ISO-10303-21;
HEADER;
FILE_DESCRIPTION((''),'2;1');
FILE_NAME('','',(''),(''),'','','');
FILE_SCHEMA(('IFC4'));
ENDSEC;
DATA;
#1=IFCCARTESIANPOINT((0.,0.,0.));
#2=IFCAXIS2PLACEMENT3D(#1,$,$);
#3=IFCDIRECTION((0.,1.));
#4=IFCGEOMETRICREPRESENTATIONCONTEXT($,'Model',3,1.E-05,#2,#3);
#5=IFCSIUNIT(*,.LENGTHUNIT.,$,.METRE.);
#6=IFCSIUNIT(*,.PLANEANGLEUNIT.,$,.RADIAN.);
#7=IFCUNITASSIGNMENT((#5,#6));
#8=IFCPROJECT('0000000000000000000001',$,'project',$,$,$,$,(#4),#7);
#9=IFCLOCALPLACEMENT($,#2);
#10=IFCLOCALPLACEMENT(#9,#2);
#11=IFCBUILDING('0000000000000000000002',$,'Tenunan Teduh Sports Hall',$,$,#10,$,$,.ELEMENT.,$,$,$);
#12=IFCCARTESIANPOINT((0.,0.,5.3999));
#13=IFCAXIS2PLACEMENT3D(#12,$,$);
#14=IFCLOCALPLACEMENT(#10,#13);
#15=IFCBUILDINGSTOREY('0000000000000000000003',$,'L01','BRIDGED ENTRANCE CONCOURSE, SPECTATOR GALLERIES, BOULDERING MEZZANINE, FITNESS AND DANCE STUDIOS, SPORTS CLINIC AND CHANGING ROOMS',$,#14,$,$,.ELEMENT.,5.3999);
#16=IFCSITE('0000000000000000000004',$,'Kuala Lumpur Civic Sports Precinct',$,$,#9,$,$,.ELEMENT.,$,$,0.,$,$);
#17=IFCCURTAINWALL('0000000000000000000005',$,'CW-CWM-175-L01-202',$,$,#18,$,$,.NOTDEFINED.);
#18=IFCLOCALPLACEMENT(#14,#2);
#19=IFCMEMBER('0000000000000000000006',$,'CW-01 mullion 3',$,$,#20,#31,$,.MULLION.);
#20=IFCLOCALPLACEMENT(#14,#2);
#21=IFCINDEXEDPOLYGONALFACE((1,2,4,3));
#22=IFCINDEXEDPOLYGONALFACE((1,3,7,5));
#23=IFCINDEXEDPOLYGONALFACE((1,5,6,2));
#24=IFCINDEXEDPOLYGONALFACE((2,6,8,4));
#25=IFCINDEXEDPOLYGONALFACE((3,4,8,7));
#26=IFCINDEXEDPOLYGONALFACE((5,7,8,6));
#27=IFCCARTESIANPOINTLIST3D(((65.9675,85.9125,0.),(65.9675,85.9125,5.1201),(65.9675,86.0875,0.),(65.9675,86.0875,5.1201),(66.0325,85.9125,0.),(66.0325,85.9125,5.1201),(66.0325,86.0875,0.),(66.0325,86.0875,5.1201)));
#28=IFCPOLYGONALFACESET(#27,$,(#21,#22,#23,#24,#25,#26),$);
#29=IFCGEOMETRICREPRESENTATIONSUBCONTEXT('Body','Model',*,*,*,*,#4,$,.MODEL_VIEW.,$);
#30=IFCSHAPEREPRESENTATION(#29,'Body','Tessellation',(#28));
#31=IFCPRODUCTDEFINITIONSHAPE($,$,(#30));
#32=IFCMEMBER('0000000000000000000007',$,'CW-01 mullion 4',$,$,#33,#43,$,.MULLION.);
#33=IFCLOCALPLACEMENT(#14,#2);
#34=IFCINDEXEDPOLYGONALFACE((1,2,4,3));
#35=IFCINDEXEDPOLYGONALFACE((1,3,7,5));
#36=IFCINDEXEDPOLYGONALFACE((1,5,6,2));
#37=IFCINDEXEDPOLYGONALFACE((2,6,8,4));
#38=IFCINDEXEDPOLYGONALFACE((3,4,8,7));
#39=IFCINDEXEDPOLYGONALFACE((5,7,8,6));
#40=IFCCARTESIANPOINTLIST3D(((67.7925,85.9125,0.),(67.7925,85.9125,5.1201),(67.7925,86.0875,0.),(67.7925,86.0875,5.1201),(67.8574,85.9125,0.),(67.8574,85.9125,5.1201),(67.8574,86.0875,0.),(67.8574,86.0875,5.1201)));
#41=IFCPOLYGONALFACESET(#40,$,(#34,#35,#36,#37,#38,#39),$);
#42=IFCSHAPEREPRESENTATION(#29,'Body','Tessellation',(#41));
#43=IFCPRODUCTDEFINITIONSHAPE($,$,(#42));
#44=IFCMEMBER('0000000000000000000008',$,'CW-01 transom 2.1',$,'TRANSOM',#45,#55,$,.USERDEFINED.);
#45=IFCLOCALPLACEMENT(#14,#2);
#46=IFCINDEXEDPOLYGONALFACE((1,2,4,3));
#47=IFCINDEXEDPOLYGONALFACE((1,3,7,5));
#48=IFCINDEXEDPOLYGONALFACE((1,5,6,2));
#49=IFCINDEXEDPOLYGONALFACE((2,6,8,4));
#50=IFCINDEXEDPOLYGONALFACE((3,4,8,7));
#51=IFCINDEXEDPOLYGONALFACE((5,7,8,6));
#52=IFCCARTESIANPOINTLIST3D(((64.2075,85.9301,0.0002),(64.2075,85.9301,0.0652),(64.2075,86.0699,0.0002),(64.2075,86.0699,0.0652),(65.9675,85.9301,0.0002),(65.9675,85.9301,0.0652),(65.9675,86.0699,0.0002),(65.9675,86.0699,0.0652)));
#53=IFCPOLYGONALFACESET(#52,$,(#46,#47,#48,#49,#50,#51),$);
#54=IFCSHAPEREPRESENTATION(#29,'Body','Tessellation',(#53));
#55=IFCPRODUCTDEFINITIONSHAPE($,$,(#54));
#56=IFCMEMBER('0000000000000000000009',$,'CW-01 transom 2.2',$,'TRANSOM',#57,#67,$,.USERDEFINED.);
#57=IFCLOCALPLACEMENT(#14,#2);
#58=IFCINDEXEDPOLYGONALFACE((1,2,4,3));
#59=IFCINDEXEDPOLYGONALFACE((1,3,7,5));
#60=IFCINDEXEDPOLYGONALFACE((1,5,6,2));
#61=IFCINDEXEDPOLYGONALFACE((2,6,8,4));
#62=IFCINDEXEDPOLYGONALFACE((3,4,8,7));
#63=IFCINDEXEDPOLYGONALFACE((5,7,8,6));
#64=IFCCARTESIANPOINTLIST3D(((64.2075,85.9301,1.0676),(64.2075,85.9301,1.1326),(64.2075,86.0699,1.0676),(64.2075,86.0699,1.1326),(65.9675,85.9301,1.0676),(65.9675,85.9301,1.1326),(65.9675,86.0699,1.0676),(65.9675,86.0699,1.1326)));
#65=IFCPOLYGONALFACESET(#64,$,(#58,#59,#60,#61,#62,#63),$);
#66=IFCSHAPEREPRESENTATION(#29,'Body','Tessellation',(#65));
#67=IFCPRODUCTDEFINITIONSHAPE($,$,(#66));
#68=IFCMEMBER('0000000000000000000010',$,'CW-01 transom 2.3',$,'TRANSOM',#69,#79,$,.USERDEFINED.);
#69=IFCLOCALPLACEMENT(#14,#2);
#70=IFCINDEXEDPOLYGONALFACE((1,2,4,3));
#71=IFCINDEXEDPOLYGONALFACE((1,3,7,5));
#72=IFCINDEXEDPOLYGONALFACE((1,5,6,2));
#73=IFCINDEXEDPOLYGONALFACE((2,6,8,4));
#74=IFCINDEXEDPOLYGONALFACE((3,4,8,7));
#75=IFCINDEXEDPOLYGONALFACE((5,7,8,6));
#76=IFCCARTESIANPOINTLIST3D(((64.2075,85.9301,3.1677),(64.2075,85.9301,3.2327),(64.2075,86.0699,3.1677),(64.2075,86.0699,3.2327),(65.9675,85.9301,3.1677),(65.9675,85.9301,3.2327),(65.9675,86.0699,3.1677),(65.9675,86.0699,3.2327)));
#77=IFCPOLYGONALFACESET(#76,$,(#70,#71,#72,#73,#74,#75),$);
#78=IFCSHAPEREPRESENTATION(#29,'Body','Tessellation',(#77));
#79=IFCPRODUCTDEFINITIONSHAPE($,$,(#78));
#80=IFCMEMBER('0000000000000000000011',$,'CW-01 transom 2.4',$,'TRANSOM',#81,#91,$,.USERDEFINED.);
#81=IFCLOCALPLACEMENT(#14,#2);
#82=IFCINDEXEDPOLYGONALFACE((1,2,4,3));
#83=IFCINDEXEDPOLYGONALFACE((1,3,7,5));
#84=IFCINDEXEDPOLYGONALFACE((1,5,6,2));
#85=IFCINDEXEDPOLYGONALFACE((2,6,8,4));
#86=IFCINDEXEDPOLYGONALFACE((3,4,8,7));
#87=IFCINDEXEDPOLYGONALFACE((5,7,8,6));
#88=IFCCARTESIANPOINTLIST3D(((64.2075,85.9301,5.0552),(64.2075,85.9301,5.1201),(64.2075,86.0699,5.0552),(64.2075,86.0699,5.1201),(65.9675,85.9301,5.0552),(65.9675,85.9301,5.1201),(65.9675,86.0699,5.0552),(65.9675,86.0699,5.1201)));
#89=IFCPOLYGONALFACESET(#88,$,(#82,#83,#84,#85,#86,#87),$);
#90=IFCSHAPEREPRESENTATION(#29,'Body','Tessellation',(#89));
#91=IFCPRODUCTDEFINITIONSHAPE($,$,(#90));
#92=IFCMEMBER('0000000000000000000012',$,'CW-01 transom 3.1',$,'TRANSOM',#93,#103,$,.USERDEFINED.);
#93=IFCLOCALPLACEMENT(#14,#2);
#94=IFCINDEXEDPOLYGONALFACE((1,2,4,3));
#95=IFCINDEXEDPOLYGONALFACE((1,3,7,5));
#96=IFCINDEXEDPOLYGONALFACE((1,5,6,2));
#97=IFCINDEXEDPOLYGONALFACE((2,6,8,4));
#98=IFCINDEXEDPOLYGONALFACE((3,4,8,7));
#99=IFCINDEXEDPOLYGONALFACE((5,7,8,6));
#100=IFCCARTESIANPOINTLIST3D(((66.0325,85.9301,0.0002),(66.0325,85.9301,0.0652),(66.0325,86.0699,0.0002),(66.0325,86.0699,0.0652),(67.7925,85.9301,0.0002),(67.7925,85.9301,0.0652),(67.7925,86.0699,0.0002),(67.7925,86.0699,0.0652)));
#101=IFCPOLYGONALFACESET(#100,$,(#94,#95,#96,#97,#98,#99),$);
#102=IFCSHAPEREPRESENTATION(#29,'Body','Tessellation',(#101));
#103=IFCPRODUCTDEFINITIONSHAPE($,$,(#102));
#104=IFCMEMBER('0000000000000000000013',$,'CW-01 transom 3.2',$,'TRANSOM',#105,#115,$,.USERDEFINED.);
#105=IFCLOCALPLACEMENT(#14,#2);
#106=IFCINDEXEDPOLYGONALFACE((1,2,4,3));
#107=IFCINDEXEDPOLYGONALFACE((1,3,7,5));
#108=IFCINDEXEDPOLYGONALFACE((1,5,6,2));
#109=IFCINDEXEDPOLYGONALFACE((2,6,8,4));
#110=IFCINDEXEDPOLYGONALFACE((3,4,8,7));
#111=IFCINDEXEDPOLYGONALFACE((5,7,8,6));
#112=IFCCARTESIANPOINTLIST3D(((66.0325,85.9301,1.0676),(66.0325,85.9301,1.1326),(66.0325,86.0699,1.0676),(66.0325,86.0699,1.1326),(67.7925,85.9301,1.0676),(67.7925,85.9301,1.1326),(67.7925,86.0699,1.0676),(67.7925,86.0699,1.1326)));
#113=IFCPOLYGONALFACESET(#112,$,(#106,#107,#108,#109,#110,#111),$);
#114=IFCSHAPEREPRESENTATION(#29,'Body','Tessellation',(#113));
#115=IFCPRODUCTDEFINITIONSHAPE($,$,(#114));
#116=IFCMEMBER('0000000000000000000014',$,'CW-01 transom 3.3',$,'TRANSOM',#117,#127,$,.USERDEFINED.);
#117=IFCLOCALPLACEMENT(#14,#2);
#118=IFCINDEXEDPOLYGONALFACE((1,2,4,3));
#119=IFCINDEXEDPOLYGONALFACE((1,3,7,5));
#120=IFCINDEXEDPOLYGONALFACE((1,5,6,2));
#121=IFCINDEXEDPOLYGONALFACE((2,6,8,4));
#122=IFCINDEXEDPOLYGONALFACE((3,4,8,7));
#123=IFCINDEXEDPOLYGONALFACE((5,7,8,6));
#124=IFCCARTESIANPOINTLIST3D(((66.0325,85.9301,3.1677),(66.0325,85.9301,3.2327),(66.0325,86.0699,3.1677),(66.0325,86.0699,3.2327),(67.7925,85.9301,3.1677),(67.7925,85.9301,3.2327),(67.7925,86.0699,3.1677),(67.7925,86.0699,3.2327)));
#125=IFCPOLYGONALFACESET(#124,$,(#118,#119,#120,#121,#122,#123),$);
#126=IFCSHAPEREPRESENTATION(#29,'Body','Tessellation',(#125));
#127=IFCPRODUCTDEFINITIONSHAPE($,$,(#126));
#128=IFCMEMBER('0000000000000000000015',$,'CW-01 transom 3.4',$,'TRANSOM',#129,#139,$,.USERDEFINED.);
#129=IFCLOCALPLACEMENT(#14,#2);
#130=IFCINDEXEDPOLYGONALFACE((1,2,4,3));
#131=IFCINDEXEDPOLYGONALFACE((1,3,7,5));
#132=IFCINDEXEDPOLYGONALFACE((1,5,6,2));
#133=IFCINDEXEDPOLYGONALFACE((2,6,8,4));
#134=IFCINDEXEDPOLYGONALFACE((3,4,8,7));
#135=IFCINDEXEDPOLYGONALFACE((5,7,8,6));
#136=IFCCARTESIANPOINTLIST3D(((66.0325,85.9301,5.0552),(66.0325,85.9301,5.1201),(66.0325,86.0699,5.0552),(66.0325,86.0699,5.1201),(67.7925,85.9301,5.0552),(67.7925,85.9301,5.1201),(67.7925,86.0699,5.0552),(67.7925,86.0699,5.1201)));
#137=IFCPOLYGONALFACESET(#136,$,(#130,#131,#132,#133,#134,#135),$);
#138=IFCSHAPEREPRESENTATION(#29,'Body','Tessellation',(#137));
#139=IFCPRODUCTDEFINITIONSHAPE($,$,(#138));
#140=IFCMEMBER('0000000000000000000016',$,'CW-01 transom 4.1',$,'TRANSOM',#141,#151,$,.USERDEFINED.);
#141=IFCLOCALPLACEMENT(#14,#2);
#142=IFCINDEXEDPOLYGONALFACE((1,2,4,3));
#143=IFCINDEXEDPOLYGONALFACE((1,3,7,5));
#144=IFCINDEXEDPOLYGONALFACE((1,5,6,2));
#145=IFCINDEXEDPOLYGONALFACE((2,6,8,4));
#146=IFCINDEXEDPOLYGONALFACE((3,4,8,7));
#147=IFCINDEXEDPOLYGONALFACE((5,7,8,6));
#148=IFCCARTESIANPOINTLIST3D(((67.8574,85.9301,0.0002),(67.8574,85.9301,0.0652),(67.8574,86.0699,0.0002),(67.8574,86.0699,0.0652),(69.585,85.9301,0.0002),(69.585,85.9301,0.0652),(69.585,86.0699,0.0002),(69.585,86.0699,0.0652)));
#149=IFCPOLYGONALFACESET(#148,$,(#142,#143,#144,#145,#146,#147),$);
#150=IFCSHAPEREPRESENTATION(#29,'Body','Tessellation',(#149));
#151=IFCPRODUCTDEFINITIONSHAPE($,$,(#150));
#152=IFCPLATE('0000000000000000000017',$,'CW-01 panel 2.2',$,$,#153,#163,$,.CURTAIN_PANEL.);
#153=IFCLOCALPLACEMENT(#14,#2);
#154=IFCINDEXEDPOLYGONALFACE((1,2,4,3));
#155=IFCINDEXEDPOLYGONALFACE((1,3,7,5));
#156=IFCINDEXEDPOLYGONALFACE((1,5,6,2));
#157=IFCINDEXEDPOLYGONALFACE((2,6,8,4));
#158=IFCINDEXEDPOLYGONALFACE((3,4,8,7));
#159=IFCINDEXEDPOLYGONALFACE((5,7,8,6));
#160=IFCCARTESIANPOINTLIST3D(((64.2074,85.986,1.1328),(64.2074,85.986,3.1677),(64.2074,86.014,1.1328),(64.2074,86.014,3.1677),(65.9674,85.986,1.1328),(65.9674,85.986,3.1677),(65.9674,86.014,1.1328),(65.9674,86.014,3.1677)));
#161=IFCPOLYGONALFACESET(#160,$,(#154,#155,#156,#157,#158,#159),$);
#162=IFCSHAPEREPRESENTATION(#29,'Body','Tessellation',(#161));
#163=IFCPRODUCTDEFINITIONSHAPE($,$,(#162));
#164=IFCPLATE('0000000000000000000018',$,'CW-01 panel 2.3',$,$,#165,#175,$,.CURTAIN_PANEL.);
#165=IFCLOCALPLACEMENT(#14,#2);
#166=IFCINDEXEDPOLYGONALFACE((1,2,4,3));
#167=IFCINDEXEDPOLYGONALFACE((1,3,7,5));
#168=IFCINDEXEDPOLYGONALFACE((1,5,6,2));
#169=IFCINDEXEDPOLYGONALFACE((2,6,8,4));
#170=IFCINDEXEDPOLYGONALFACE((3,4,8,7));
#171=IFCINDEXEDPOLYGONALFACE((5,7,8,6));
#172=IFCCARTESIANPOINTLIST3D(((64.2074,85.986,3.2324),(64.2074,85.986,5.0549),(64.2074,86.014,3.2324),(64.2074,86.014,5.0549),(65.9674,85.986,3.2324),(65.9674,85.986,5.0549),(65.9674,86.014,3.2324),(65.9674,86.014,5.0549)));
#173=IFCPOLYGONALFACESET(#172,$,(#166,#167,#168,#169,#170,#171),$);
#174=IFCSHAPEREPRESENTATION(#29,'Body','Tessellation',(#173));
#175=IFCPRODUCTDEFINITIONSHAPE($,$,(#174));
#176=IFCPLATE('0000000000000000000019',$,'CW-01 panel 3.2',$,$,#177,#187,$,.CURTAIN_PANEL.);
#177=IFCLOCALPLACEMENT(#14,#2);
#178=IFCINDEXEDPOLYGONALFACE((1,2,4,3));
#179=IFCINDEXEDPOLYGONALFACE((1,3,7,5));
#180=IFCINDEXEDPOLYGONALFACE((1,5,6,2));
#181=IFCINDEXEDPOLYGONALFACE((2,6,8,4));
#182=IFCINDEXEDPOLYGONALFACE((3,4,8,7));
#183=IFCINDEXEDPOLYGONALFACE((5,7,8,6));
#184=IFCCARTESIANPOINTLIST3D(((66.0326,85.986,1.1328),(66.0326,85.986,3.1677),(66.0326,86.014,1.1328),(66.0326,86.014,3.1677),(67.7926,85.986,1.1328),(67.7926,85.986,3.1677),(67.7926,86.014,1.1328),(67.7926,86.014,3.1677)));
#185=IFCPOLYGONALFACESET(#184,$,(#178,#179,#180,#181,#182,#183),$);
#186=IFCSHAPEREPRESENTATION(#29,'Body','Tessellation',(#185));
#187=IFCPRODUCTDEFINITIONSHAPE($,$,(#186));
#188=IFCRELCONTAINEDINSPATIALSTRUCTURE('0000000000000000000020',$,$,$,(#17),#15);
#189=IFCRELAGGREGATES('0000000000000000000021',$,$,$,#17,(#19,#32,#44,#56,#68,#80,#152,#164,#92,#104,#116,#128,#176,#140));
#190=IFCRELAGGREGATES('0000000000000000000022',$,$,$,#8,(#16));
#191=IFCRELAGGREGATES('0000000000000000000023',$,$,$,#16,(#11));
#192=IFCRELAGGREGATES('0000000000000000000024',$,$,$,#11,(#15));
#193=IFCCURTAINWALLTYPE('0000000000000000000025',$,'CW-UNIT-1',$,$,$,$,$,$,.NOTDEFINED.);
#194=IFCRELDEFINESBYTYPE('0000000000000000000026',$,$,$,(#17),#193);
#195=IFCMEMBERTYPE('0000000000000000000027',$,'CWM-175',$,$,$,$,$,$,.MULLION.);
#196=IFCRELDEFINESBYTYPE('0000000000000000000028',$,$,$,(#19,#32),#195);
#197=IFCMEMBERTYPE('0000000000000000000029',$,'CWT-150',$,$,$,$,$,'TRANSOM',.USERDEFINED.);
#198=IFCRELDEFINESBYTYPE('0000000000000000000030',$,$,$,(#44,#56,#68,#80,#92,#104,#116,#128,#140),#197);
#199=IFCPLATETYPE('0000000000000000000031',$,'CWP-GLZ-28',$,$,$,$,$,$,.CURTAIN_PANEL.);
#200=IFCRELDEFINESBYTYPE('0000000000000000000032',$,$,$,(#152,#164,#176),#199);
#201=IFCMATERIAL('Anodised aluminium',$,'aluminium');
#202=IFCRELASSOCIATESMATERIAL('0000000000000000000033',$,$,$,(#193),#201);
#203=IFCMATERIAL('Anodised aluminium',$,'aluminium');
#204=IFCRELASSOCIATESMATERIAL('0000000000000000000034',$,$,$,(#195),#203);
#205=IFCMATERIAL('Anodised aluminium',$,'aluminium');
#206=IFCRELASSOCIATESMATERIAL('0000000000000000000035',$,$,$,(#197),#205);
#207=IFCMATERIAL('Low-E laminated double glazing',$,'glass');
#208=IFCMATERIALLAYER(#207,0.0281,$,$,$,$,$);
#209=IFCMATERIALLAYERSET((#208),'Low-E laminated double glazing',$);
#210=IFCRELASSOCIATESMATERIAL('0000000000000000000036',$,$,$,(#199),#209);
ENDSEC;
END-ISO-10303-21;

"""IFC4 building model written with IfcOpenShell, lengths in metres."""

from ifc_helpers import new_model, si_unit, direction, frame, origin, origin_2d, place, context, subcontext, project, spatial, rectangle, extrude, material, layer, layer_set, material_profile, profile_set, type_object, element, aggregate, save


model = new_model("IFC4")

# Units and contexts
model_context = context("Model", 3, precision=1e-05, world=origin(), true_north=direction((0.0, 1.0)))
body_context = subcontext(model_context, "Body", "Model", "MODEL_VIEW")
ifc_project = project(units=[si_unit("LENGTHUNIT", "METRE"), si_unit("PLANEANGLEUNIT", "RADIAN")], contexts=[model_context])

# Site, building, storey
site_placement = place(None, origin())
site = spatial("IfcSite", under=ifc_project, at=site_placement, Name="Kuala Lumpur Civic Sports Precinct", CompositionType="ELEMENT", RefElevation=0.0)
building_placement = place(site_placement, origin())
building = spatial("IfcBuilding", under=site, at=building_placement, Name="Tenunan Teduh Sports Hall", CompositionType="ELEMENT")
storey_placement = place(building_placement, frame((0.0, 0.0, 5.3999)))
storey = spatial("IfcBuildingStorey", under=building, at=storey_placement, Name="L01", Description="BRIDGED ENTRANCE CONCOURSE, SPECTATOR GALLERIES, BOULDERING MEZZANINE, FITNESS AND DANCE STUDIOS, SPORTS CLINIC AND CHANGING ROOMS", CompositionType="ELEMENT", Elevation=5.3999)

# Curtain wall, members, plates
ifc_material_1 = material(Name="Anodised aluminium", Category="aluminium")
curtain_wall_type = type_object("IfcCurtainWallType", Name="CW-UNIT-1", PredefinedType="NOTDEFINED", material=ifc_material_1)
curtain_wall_placement = place(storey_placement, origin())
curtain_wall = element("IfcCurtainWall", 1, at=curtain_wall_placement, inside=storey, type_object=curtain_wall_type, Name="CW-CWM-175-L01-202", PredefinedType="NOTDEFINED")
ifc_material_2 = material(Name="Anodised aluminium", Category="aluminium")
ifc_material_profile_1 = material_profile(ifc_material_2, rectangle(XDim=0.0649, YDim=0.175, at=origin_2d()), Name="CWM 65x175")
ifc_profile_set_1 = profile_set([ifc_material_profile_1], Name="Anodised aluminium")
member_type_1 = type_object("IfcMemberType", Name="CWM-175", PredefinedType="MULLION", material=ifc_profile_set_1)
member_1_placement = place(storey_placement, frame((66.0, 86.0, 0.0), z_axis=(0.0, 0.0, 1.0), x_axis=(1.0, 0.0, 0.0)))
member_1 = element("IfcMember", 2, at=member_1_placement, type_object=member_type_1, Name="CW-01 mullion 3", PredefinedType="MULLION", context=body_context, shape_type="SweptSolid", body=[
    extrude(rectangle(XDim=0.0649, YDim=0.175, at=origin_2d()), origin(), (0.0, 0.0, 1.0), 5.1201),
])
member_2_placement = place(storey_placement, frame((67.825, 86.0, 0.0), z_axis=(0.0, 0.0, 1.0), x_axis=(1.0, 0.0, 0.0)))
member_2 = element("IfcMember", 3, at=member_2_placement, type_object=member_type_1, Name="CW-01 mullion 4", PredefinedType="MULLION", context=body_context, shape_type="SweptSolid", body=[
    extrude(rectangle(XDim=0.0649, YDim=0.175, at=origin_2d()), origin(), (0.0, 0.0, 1.0), 5.1201),
])
ifc_material_3 = material(Name="Anodised aluminium", Category="aluminium")
ifc_material_profile_2 = material_profile(ifc_material_3, rectangle(XDim=0.0649, YDim=0.1399, at=origin_2d()), Name="CWT 65x140")
ifc_profile_set_2 = profile_set([ifc_material_profile_2], Name="Anodised aluminium")
member_type_2 = type_object("IfcMemberType", Name="CWT-150", ElementType="TRANSOM", PredefinedType="USERDEFINED", material=ifc_profile_set_2)
member_3_placement = place(storey_placement, frame((64.2075, 86.0, 0.0327), z_axis=(1.0, 0.0, 0.0), x_axis=(0.0, 0.0, 1.0)))
member_3 = element("IfcMember", 4, at=member_3_placement, type_object=member_type_2, Name="CW-01 transom 2.1", ObjectType="TRANSOM", PredefinedType="USERDEFINED", context=body_context, shape_type="SweptSolid", body=[
    extrude(rectangle(XDim=0.0649, YDim=0.1399, at=origin_2d()), origin(), (0.0, 0.0, 1.0), 1.76),
])
member_4_placement = place(storey_placement, frame((64.2075, 86.0, 1.1001), z_axis=(1.0, 0.0, 0.0), x_axis=(0.0, 0.0, 1.0)))
member_4 = element("IfcMember", 5, at=member_4_placement, type_object=member_type_2, Name="CW-01 transom 2.2", ObjectType="TRANSOM", PredefinedType="USERDEFINED", context=body_context, shape_type="SweptSolid", body=[
    extrude(rectangle(XDim=0.0649, YDim=0.1399, at=origin_2d()), origin(), (0.0, 0.0, 1.0), 1.76),
])
member_5_placement = place(storey_placement, frame((64.2075, 86.0, 3.2002), z_axis=(1.0, 0.0, 0.0), x_axis=(0.0, 0.0, 1.0)))
member_5 = element("IfcMember", 6, at=member_5_placement, type_object=member_type_2, Name="CW-01 transom 2.3", ObjectType="TRANSOM", PredefinedType="USERDEFINED", context=body_context, shape_type="SweptSolid", body=[
    extrude(rectangle(XDim=0.0649, YDim=0.1399, at=origin_2d()), origin(), (0.0, 0.0, 1.0), 1.76),
])
member_6_placement = place(storey_placement, frame((64.2075, 86.0, 5.0876), z_axis=(1.0, 0.0, 0.0), x_axis=(0.0, 0.0, 1.0)))
member_6 = element("IfcMember", 7, at=member_6_placement, type_object=member_type_2, Name="CW-01 transom 2.4", ObjectType="TRANSOM", PredefinedType="USERDEFINED", context=body_context, shape_type="SweptSolid", body=[
    extrude(rectangle(XDim=0.0649, YDim=0.1399, at=origin_2d()), origin(), (0.0, 0.0, 1.0), 1.76),
])
member_7_placement = place(storey_placement, frame((66.0325, 86.0, 0.0327), z_axis=(1.0, 0.0, 0.0), x_axis=(0.0, 0.0, 1.0)))
member_7 = element("IfcMember", 8, at=member_7_placement, type_object=member_type_2, Name="CW-01 transom 3.1", ObjectType="TRANSOM", PredefinedType="USERDEFINED", context=body_context, shape_type="SweptSolid", body=[
    extrude(rectangle(XDim=0.0649, YDim=0.1399, at=origin_2d()), origin(), (0.0, 0.0, 1.0), 1.76),
])
member_8_placement = place(storey_placement, frame((66.0325, 86.0, 1.1001), z_axis=(1.0, 0.0, 0.0), x_axis=(0.0, 0.0, 1.0)))
member_8 = element("IfcMember", 9, at=member_8_placement, type_object=member_type_2, Name="CW-01 transom 3.2", ObjectType="TRANSOM", PredefinedType="USERDEFINED", context=body_context, shape_type="SweptSolid", body=[
    extrude(rectangle(XDim=0.0649, YDim=0.1399, at=origin_2d()), origin(), (0.0, 0.0, 1.0), 1.76),
])
member_9_placement = place(storey_placement, frame((66.0325, 86.0, 3.2002), z_axis=(1.0, 0.0, 0.0), x_axis=(0.0, 0.0, 1.0)))
member_9 = element("IfcMember", 10, at=member_9_placement, type_object=member_type_2, Name="CW-01 transom 3.3", ObjectType="TRANSOM", PredefinedType="USERDEFINED", context=body_context, shape_type="SweptSolid", body=[
    extrude(rectangle(XDim=0.0649, YDim=0.1399, at=origin_2d()), origin(), (0.0, 0.0, 1.0), 1.76),
])
member_10_placement = place(storey_placement, frame((66.0325, 86.0, 5.0876), z_axis=(1.0, 0.0, 0.0), x_axis=(0.0, 0.0, 1.0)))
member_10 = element("IfcMember", 11, at=member_10_placement, type_object=member_type_2, Name="CW-01 transom 3.4", ObjectType="TRANSOM", PredefinedType="USERDEFINED", context=body_context, shape_type="SweptSolid", body=[
    extrude(rectangle(XDim=0.0649, YDim=0.1399, at=origin_2d()), origin(), (0.0, 0.0, 1.0), 1.76),
])
member_11_placement = place(storey_placement, frame((67.8574, 86.0, 0.0327), z_axis=(1.0, 0.0, 0.0), x_axis=(0.0, 0.0, 1.0)))
member_11 = element("IfcMember", 12, at=member_11_placement, type_object=member_type_2, Name="CW-01 transom 4.1", ObjectType="TRANSOM", PredefinedType="USERDEFINED", context=body_context, shape_type="SweptSolid", body=[
    extrude(rectangle(XDim=0.0649, YDim=0.1399, at=origin_2d()), origin(), (0.0, 0.0, 1.0), 1.7275),
])
ifc_material_4 = material(Name="Low-E laminated double glazing", Category="glass")
ifc_layer_1 = layer(ifc_material_4, 0.0281)
ifc_layer_set_1 = layer_set([ifc_layer_1], Name="Low-E laminated double glazing")
plate_type_1 = type_object("IfcPlateType", Name="CWP-GLZ-28", PredefinedType="CURTAIN_PANEL", material=ifc_layer_set_1)
plate_1_placement = place(storey_placement, frame((65.0874, 86.0, 1.1328), z_axis=(0.0, 0.0, 1.0), x_axis=(1.0, 0.0, 0.0)))
plate_1 = element("IfcPlate", 13, at=plate_1_placement, type_object=plate_type_1, Name="CW-01 panel 2.2", PredefinedType="CURTAIN_PANEL", context=body_context, shape_type="SweptSolid", body=[
    extrude(rectangle(XDim=1.76, YDim=0.0281, at=origin_2d()), origin(), (0.0, 0.0, 1.0), 2.0349),
])
plate_2_placement = place(storey_placement, frame((65.0874, 86.0, 3.2324), z_axis=(0.0, 0.0, 1.0), x_axis=(1.0, 0.0, 0.0)))
plate_2 = element("IfcPlate", 14, at=plate_2_placement, type_object=plate_type_1, Name="CW-01 panel 2.3", PredefinedType="CURTAIN_PANEL", context=body_context, shape_type="SweptSolid", body=[
    extrude(rectangle(XDim=1.76, YDim=0.0281, at=origin_2d()), origin(), (0.0, 0.0, 1.0), 1.8225),
])
plate_3_placement = place(storey_placement, frame((66.9126, 86.0, 1.1328), z_axis=(0.0, 0.0, 1.0), x_axis=(1.0, 0.0, 0.0)))
plate_3 = element("IfcPlate", 15, at=plate_3_placement, type_object=plate_type_1, Name="CW-01 panel 3.2", PredefinedType="CURTAIN_PANEL", context=body_context, shape_type="SweptSolid", body=[
    extrude(rectangle(XDim=1.76, YDim=0.0281, at=origin_2d()), origin(), (0.0, 0.0, 1.0), 2.0349),
])
aggregate(curtain_wall, [member_1, member_2, member_3, member_4, member_5, member_6, plate_1, plate_2, member_7, member_8, member_9, member_10, plate_3, member_11])

save(model, "model.ifc")
